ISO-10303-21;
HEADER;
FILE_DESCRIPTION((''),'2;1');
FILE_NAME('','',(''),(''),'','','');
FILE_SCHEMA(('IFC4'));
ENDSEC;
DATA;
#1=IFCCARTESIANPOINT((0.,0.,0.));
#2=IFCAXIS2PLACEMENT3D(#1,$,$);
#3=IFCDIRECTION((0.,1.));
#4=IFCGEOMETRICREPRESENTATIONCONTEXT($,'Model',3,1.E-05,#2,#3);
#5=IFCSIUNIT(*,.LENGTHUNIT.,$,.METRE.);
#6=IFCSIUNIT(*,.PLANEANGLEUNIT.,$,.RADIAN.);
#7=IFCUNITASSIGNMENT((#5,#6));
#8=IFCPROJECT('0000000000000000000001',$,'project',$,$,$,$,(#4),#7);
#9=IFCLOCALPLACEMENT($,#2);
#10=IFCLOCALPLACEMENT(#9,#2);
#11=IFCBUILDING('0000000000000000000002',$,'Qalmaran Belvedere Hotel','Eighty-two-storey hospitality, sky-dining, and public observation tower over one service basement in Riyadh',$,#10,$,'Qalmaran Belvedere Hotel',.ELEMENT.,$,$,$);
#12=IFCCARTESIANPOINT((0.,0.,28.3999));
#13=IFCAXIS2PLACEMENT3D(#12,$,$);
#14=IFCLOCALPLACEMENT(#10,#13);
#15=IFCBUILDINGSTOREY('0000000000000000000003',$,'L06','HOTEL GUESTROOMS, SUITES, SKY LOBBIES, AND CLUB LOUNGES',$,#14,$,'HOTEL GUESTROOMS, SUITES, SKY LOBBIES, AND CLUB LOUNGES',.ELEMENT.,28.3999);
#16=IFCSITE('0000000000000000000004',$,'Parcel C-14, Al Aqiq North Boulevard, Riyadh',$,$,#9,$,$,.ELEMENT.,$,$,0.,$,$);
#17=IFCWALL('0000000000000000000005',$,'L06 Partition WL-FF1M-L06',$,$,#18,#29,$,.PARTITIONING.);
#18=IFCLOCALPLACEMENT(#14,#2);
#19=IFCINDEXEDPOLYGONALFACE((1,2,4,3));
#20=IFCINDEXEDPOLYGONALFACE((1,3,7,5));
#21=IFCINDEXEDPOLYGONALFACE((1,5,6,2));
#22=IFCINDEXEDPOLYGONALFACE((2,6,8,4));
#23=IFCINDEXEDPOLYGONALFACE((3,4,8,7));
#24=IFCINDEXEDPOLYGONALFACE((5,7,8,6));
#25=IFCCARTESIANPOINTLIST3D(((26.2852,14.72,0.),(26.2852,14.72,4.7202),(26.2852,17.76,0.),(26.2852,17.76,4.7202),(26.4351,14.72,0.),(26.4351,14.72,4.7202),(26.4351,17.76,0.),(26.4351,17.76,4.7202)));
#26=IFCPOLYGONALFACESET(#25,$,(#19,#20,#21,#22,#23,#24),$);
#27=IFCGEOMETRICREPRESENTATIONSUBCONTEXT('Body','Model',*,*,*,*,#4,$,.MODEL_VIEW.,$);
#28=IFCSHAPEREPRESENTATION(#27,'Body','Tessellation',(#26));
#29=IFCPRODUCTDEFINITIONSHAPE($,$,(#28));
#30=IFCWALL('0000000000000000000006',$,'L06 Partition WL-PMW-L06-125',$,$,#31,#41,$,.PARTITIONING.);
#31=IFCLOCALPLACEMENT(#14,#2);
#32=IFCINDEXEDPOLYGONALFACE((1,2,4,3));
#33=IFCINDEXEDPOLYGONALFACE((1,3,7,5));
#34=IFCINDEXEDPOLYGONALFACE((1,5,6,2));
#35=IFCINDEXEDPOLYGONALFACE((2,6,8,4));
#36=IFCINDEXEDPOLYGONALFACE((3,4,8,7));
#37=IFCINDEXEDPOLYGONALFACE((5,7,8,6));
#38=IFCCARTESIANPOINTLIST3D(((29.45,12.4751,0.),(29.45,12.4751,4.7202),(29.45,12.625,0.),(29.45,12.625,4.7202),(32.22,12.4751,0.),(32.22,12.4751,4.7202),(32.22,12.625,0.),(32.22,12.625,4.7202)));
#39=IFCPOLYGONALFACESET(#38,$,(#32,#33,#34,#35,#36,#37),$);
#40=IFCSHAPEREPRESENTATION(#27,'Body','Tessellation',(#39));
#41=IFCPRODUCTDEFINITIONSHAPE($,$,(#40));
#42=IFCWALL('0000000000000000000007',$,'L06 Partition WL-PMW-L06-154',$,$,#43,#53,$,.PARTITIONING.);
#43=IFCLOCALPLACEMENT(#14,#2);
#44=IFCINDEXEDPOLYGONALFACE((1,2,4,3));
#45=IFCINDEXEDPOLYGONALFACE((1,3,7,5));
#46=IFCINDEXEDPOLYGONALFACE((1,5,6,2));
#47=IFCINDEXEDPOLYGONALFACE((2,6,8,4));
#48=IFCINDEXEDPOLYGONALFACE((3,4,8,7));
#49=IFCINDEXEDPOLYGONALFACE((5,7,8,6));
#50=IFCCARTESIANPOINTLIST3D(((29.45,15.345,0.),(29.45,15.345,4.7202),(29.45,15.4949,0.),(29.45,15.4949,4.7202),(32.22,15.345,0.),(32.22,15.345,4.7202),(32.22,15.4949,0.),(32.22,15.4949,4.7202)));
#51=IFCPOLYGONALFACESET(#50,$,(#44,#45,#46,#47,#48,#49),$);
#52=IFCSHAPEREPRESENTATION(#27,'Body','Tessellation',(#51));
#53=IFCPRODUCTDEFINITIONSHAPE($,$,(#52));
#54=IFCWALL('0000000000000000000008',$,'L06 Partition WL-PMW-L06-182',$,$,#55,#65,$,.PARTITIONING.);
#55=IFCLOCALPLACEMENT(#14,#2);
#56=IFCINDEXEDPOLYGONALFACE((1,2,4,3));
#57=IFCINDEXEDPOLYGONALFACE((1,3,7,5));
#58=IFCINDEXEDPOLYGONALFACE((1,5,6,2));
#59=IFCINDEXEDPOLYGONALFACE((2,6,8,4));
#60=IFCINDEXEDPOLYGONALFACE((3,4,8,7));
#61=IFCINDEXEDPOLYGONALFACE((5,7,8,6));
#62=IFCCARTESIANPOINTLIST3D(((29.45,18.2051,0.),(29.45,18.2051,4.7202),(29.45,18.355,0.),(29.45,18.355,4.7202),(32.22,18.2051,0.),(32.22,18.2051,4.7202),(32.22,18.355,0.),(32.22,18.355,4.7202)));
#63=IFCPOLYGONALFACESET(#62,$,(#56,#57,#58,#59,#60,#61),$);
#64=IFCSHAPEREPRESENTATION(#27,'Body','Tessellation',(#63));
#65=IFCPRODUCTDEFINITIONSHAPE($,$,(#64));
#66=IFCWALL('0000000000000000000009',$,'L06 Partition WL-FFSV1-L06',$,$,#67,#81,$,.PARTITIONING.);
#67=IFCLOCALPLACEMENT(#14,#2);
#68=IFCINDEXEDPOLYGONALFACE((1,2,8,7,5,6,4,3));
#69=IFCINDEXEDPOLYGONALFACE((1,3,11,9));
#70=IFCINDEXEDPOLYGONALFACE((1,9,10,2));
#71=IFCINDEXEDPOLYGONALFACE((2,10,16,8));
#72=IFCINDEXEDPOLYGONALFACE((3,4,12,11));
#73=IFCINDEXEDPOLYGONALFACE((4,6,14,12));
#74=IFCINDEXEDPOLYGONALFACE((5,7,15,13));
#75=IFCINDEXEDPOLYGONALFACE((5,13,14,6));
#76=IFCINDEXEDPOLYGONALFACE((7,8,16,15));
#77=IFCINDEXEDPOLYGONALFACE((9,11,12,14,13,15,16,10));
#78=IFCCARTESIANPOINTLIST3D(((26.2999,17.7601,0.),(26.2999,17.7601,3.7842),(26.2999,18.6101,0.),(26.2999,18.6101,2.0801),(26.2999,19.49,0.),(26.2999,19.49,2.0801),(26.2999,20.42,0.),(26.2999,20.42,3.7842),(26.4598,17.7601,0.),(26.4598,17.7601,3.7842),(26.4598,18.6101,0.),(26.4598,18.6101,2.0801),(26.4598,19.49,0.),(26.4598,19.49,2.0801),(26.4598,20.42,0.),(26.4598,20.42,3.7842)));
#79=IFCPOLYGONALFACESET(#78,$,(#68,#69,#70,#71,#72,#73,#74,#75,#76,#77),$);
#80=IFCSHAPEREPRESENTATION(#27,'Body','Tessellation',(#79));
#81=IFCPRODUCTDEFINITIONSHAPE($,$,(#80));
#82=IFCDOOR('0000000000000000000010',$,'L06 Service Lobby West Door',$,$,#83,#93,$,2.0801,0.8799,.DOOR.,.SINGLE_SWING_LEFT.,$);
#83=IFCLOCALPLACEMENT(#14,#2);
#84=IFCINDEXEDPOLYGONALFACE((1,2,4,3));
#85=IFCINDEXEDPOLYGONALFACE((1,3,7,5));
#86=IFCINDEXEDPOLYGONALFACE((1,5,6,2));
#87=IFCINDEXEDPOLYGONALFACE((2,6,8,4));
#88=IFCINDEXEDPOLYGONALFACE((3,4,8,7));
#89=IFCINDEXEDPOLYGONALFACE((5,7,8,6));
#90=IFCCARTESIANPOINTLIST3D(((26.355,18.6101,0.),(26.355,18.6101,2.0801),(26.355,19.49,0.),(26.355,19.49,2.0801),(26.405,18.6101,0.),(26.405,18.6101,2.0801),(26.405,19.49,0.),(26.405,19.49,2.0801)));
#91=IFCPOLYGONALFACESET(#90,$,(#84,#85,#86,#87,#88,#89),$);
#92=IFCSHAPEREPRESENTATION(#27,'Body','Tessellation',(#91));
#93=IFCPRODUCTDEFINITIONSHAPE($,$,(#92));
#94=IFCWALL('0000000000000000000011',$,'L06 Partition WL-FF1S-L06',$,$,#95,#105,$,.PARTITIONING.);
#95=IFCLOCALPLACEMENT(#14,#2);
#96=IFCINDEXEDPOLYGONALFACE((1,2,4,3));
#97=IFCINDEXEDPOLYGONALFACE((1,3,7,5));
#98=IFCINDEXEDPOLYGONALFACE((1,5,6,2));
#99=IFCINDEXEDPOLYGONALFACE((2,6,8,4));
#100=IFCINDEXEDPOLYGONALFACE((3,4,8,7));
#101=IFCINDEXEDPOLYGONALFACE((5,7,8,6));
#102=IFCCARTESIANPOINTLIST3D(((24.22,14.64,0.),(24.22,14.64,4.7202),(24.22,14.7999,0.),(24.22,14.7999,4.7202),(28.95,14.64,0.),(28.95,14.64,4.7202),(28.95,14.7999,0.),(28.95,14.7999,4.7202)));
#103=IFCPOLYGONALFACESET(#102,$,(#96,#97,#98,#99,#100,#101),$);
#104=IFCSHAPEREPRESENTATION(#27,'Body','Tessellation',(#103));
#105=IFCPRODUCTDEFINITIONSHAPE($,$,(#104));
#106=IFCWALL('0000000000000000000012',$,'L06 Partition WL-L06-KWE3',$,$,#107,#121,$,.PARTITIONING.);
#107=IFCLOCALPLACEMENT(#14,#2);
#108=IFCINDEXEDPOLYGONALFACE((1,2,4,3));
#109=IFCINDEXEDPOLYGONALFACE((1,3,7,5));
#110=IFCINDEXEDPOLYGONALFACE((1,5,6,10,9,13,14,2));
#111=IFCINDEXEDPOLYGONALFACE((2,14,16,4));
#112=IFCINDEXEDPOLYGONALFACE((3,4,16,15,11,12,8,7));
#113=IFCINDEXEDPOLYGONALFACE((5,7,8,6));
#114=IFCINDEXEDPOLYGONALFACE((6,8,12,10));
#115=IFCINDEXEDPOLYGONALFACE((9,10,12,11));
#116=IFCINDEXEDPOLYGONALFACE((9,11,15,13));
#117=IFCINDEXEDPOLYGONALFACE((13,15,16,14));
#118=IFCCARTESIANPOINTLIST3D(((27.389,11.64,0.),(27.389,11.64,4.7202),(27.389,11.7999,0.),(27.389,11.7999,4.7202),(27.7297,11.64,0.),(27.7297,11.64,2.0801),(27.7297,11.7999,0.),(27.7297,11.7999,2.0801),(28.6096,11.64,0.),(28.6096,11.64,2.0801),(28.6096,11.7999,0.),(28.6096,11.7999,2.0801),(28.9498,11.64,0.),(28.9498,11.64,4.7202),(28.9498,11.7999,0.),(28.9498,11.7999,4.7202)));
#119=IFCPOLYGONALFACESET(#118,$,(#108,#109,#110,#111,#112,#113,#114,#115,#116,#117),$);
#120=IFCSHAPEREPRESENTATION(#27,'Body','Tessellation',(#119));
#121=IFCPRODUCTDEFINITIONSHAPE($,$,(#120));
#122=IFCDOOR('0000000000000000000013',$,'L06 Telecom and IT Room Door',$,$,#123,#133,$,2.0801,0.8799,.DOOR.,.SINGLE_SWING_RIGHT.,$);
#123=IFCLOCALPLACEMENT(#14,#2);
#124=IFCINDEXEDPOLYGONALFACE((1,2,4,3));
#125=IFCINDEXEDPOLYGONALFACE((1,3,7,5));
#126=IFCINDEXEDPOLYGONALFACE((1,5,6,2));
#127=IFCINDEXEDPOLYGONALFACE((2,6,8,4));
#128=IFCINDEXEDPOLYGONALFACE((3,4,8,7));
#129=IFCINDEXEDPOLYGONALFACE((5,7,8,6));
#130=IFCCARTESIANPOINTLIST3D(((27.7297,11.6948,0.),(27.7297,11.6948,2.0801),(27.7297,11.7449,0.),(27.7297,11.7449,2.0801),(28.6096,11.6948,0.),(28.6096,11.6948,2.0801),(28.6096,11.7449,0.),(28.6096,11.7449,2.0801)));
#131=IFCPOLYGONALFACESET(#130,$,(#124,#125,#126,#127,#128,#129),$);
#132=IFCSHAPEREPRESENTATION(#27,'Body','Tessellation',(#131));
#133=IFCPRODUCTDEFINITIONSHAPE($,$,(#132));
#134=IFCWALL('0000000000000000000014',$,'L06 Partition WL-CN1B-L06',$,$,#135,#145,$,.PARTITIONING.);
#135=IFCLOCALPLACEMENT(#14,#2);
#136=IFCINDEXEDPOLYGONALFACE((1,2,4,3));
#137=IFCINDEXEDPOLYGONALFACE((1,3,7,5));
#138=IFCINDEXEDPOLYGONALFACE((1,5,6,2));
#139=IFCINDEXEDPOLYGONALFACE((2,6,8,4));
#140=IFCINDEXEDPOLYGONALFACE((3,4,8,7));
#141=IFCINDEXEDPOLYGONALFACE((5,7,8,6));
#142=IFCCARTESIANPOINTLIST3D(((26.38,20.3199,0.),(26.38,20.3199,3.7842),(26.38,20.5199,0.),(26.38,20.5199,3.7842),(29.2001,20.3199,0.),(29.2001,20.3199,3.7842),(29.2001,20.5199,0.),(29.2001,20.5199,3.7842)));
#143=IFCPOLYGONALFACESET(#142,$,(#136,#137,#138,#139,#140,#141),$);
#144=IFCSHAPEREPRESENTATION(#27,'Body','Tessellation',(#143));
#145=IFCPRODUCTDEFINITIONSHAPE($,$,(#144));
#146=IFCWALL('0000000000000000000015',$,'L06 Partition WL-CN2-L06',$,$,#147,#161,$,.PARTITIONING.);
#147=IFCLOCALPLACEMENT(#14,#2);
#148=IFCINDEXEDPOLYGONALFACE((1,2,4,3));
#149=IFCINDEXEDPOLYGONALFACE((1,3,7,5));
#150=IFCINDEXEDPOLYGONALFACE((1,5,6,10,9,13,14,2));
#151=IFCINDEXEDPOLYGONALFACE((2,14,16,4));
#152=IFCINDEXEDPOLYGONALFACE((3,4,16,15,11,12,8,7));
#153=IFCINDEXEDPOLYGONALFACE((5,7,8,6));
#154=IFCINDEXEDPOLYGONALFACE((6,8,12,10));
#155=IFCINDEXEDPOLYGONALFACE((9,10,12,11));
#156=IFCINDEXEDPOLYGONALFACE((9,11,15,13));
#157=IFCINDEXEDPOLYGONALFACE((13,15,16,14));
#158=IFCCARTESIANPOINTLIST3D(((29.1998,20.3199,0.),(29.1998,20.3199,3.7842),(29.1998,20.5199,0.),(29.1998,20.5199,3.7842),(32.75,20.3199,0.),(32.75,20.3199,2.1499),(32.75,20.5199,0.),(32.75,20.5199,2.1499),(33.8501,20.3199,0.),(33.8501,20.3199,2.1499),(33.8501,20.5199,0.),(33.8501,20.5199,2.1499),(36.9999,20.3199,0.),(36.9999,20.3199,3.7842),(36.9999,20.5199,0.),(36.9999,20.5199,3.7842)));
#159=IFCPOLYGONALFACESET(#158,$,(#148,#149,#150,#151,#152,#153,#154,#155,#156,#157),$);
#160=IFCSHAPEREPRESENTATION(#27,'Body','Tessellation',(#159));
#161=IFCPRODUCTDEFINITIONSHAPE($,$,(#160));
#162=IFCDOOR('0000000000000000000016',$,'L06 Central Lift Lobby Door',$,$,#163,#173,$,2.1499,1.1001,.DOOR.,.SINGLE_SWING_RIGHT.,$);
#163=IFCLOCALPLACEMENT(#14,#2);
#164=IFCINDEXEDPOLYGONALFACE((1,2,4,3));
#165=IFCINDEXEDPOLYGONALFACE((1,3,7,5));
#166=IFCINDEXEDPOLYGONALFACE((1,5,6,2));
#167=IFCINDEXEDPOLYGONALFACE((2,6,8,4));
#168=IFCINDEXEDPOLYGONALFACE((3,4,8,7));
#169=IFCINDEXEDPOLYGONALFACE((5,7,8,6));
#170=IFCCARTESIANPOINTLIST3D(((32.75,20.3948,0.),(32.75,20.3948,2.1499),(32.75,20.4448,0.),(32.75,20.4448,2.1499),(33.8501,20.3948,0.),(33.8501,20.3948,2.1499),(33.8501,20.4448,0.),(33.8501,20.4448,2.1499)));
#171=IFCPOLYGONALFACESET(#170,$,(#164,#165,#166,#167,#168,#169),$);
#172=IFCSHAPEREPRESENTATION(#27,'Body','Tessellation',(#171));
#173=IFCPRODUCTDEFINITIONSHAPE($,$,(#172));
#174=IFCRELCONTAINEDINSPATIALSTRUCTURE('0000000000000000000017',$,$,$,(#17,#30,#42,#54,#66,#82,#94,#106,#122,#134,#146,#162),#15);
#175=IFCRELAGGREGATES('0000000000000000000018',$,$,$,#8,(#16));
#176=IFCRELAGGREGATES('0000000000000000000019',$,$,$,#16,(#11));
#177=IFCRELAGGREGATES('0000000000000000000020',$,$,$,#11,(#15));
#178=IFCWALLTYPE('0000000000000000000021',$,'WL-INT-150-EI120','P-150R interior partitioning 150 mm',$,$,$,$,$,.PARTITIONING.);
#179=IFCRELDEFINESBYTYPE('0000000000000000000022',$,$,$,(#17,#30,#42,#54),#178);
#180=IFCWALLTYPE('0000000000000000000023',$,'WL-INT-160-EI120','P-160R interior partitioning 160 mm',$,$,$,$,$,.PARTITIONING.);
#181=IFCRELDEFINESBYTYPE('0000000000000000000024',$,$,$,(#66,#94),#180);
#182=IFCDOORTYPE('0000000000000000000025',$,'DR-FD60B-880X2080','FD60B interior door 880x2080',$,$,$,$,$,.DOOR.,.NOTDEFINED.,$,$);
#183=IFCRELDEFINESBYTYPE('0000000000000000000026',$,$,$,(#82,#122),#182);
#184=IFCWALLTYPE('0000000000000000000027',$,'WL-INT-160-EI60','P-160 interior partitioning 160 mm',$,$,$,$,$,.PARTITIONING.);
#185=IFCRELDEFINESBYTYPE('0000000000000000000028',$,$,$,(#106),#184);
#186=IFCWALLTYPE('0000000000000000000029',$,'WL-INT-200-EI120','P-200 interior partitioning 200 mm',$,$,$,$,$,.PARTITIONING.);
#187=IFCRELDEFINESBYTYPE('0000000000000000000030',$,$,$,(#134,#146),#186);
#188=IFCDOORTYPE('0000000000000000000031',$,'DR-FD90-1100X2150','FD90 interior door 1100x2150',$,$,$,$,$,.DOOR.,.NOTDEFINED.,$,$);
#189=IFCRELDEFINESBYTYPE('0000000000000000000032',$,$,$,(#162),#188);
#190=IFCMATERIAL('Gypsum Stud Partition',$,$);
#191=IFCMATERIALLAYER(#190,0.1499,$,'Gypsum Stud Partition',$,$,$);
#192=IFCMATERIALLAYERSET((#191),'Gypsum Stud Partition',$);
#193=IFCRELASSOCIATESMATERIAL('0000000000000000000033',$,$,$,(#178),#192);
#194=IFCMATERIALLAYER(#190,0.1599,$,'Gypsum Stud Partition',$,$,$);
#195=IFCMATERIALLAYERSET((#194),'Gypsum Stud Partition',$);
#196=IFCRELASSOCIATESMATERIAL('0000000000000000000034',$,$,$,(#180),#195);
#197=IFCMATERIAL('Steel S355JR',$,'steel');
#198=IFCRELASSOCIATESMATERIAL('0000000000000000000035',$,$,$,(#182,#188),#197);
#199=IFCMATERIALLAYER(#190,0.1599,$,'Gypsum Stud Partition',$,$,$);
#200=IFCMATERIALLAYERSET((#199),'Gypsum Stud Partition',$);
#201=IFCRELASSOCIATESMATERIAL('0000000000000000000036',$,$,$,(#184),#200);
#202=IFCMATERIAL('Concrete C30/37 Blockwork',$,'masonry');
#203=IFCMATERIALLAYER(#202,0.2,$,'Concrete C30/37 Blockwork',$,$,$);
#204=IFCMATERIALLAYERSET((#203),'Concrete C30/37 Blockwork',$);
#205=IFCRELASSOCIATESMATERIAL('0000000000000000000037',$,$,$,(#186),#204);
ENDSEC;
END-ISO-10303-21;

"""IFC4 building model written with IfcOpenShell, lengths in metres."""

from ifc_helpers import new_model, si_unit, direction, frame, frame_2d, origin, place, context, subcontext, project, spatial, rectangle, extrude, material, layer, layer_set, type_object, element, fill, save


model = new_model("IFC4")

# Units and contexts
model_context = context("Model", 3, precision=1e-05, world=origin(), true_north=direction((0.0, 1.0)))
body_context = subcontext(model_context, "Body", "Model", "MODEL_VIEW")
ifc_project = project(units=[si_unit("LENGTHUNIT", "METRE"), si_unit("PLANEANGLEUNIT", "RADIAN")], contexts=[model_context])

# Site, building, storey
site_placement = place(None, origin())
site = spatial("IfcSite", under=ifc_project, at=site_placement, Name="Parcel C-14, Al Aqiq North Boulevard, Riyadh", CompositionType="ELEMENT", RefElevation=0.0)
building_placement = place(site_placement, origin())
building = spatial("IfcBuilding", under=site, at=building_placement, Name="Qalmaran Belvedere Hotel", Description="Eighty-two-storey hospitality, sky-dining, and public observation tower over one service basement in Riyadh", LongName="Qalmaran Belvedere Hotel", CompositionType="ELEMENT")
storey_placement = place(building_placement, frame((0.0, 0.0, 28.3999)))
storey = spatial("IfcBuildingStorey", under=building, at=storey_placement, Name="L06", Description="HOTEL GUESTROOMS, SUITES, SKY LOBBIES, AND CLUB LOUNGES", LongName="HOTEL GUESTROOMS, SUITES, SKY LOBBIES, AND CLUB LOUNGES", CompositionType="ELEMENT", Elevation=28.3999)

# Walls
ifc_material_1 = material(Name="Gypsum Stud Partition")
ifc_layer_1 = layer(ifc_material_1, 0.1499, Name="Gypsum Stud Partition")
ifc_layer_set_1 = layer_set([ifc_layer_1], Name="Gypsum Stud Partition")
wall_type_1 = type_object("IfcWallType", Name="WL-INT-150-EI120", Description="P-150R interior partitioning 150 mm", PredefinedType="PARTITIONING", material=ifc_layer_set_1)
wall_1_placement = place(storey_placement, frame((26.3601, 14.72, 0.0), z_axis=(0.0, 0.0, 1.0), x_axis=(0.0, 1.0, 0.0)))
element("IfcWall", 1, at=wall_1_placement, inside=storey, type_object=wall_type_1, Name="L06 Partition WL-FF1M-L06", PredefinedType="PARTITIONING", context=body_context, shape_type="SweptSolid", body=[
    extrude(rectangle(XDim=3.04, YDim=0.1499, at=frame_2d((1.52, 0.0))), origin(), (0.0, 0.0, 1.0), 4.7202),
])
for number, where, z_axis, x_axis, name in (
    (2, (29.45, 12.55, 0.0), (0.0, 0.0, 1.0), (1.0, 0.0, 0.0), "L06 Partition WL-PMW-L06-125"),
    (3, (29.45, 15.4199, 0.0), (0.0, 0.0, 1.0), (1.0, 0.0, 0.0), "L06 Partition WL-PMW-L06-154"),
    (4, (29.45, 18.28, 0.0), (0.0, 0.0, 1.0), (1.0, 0.0, 0.0), "L06 Partition WL-PMW-L06-182"),
):
    element("IfcWall", number, at=place(storey_placement, frame(where, z_axis=z_axis, x_axis=x_axis)), inside=storey, type_object=wall_type_1, Name=name, PredefinedType="PARTITIONING", context=body_context, shape_type="SweptSolid", body=[
        extrude(rectangle(XDim=2.77, YDim=0.1499, at=frame_2d((1.385, 0.0))), origin(), (0.0, 0.0, 1.0), 4.7202),
    ])

# Wall, opening, door
ifc_layer_2 = layer(ifc_material_1, 0.1599, Name="Gypsum Stud Partition")
ifc_layer_set_2 = layer_set([ifc_layer_2], Name="Gypsum Stud Partition")
wall_type_2 = type_object("IfcWallType", Name="WL-INT-160-EI120", Description="P-160R interior partitioning 160 mm", PredefinedType="PARTITIONING", material=ifc_layer_set_2)
wall_2_placement = place(storey_placement, frame((26.3799, 17.76, 0.0), z_axis=(0.0, 0.0, 1.0), x_axis=(0.0, 1.0, 0.0)))
wall_2 = element("IfcWall", 5, at=wall_2_placement, inside=storey, type_object=wall_type_2, Name="L06 Partition WL-FFSV1-L06", PredefinedType="PARTITIONING", context=body_context, shape_type="SweptSolid", body=[
    extrude(rectangle(XDim=2.6599, YDim=0.1599, at=frame_2d((1.3301, 0.0))), origin(), (0.0, 0.0, 1.0), 3.7842),
])
opening_1_placement = place(wall_2_placement, frame((0.8501, 0.0, 0.0)))
opening_1 = element("IfcOpeningElement", 6, at=opening_1_placement, cuts=wall_2, PredefinedType="OPENING", context=body_context, shape_type="SweptSolid", body=[
    extrude(rectangle(XDim=0.8799, YDim=2.0801, at=frame_2d((0.4399, 1.04))), frame((0.0, 0.0898, 0.0), z_axis=(0.0, -1.0, 0.0), x_axis=(1.0, 0.0, 0.0)), (0.0, 0.0, 1.0), 0.1799),
])
ifc_material_2 = material(Name="Steel S355JR", Category="steel")
door_type_1 = type_object("IfcDoorType", Name="DR-FD60B-880X2080", Description="FD60B interior door 880x2080", OperationType="NOTDEFINED", PredefinedType="DOOR", material=ifc_material_2)
door_1_placement = place(opening_1_placement, origin())
door_1 = element("IfcDoor", 7, at=door_1_placement, inside=storey, type_object=door_type_1, Name="L06 Service Lobby West Door", OperationType="SINGLE_SWING_LEFT", OverallHeight=2.0801, OverallWidth=0.8799, PredefinedType="DOOR", context=body_context, shape_type="SweptSolid", body=[
    extrude(rectangle(XDim=0.8799, YDim=2.0801, at=frame_2d((0.4399, 1.04))), frame((0.0, 0.0249, 0.0), z_axis=(0.0, -1.0, 0.0), x_axis=(1.0, 0.0, 0.0)), (0.0, 0.0, 1.0), 0.05),
])
fill(opening_1, door_1)

# Wall
wall_3_placement = place(storey_placement, frame((24.22, 14.72, 0.0), z_axis=(0.0, 0.0, 1.0), x_axis=(1.0, 0.0, 0.0)))
element("IfcWall", 8, at=wall_3_placement, inside=storey, type_object=wall_type_2, Name="L06 Partition WL-FF1S-L06", PredefinedType="PARTITIONING", context=body_context, shape_type="SweptSolid", body=[
    extrude(rectangle(XDim=4.73, YDim=0.1599, at=frame_2d((2.365, 0.0))), origin(), (0.0, 0.0, 1.0), 4.7202),
])

# Wall, opening, door
ifc_layer_3 = layer(ifc_material_1, 0.1599, Name="Gypsum Stud Partition")
ifc_layer_set_3 = layer_set([ifc_layer_3], Name="Gypsum Stud Partition")
wall_type_3 = type_object("IfcWallType", Name="WL-INT-160-EI60", Description="P-160 interior partitioning 160 mm", PredefinedType="PARTITIONING", material=ifc_layer_set_3)
wall_4_placement = place(storey_placement, frame((27.3892, 11.72, 0.0), z_axis=(0.0, 0.0, 1.0), x_axis=(1.0, 0.0, 0.0)))
wall_4 = element("IfcWall", 9, at=wall_4_placement, inside=storey, type_object=wall_type_3, Name="L06 Partition WL-L06-KWE3", PredefinedType="PARTITIONING", context=body_context, shape_type="SweptSolid", body=[
    extrude(rectangle(XDim=1.5608, YDim=0.1599, at=frame_2d((0.7803, 0.0))), origin(), (0.0, 0.0, 1.0), 4.7202),
])
opening_2_placement = place(wall_4_placement, frame((0.3406, 0.0, 0.0)))
opening_2 = element("IfcOpeningElement", 10, at=opening_2_placement, cuts=wall_4, PredefinedType="OPENING", context=body_context, shape_type="SweptSolid", body=[
    extrude(rectangle(XDim=0.8799, YDim=2.0801, at=frame_2d((0.4399, 1.04))), frame((0.0, 0.0898, 0.0), z_axis=(0.0, -1.0, 0.0), x_axis=(1.0, 0.0, 0.0)), (0.0, 0.0, 1.0), 0.1799),
])
door_2_placement = place(opening_2_placement, origin())
door_2 = element("IfcDoor", 11, at=door_2_placement, inside=storey, type_object=door_type_1, Name="L06 Telecom and IT Room Door", OperationType="SINGLE_SWING_RIGHT", OverallHeight=2.0801, OverallWidth=0.8799, PredefinedType="DOOR", context=body_context, shape_type="SweptSolid", body=[
    extrude(rectangle(XDim=0.8799, YDim=2.0801, at=frame_2d((0.4399, 1.04))), frame((0.0, 0.0249, 0.0), z_axis=(0.0, -1.0, 0.0), x_axis=(1.0, 0.0, 0.0)), (0.0, 0.0, 1.0), 0.05),
])
fill(opening_2, door_2)

# Wall
ifc_material_3 = material(Name="Concrete C30/37 Blockwork", Category="masonry")
ifc_layer_4 = layer(ifc_material_3, 0.2, Name="Concrete C30/37 Blockwork")
ifc_layer_set_4 = layer_set([ifc_layer_4], Name="Concrete C30/37 Blockwork")
wall_type_4 = type_object("IfcWallType", Name="WL-INT-200-EI120", Description="P-200 interior partitioning 200 mm", PredefinedType="PARTITIONING", material=ifc_layer_set_4)
wall_5_placement = place(storey_placement, frame((26.3799, 20.4199, 0.0), z_axis=(0.0, 0.0, 1.0), x_axis=(1.0, 0.0, 0.0)))
element("IfcWall", 12, at=wall_5_placement, inside=storey, type_object=wall_type_4, Name="L06 Partition WL-CN1B-L06", PredefinedType="PARTITIONING", context=body_context, shape_type="SweptSolid", body=[
    extrude(rectangle(XDim=2.8201, YDim=0.2, at=frame_2d((1.4102, 0.0))), origin(), (0.0, 0.0, 1.0), 3.7842),
])

# Wall, opening, door
wall_6_placement = place(storey_placement, frame((29.2, 20.4199, 0.0), z_axis=(0.0, 0.0, 1.0), x_axis=(1.0, 0.0, 0.0)))
wall_6 = element("IfcWall", 13, at=wall_6_placement, inside=storey, type_object=wall_type_4, Name="L06 Partition WL-CN2-L06", PredefinedType="PARTITIONING", context=body_context, shape_type="SweptSolid", body=[
    extrude(rectangle(XDim=7.8, YDim=0.2, at=frame_2d((3.8999, 0.0))), origin(), (0.0, 0.0, 1.0), 3.7842),
])
opening_3_placement = place(wall_6_placement, frame((3.55, 0.0, 0.0)))
opening_3 = element("IfcOpeningElement", 14, at=opening_3_placement, cuts=wall_6, PredefinedType="OPENING", context=body_context, shape_type="SweptSolid", body=[
    extrude(rectangle(XDim=1.1001, YDim=2.1499, at=frame_2d((0.55, 1.075))), frame((0.0, 0.1099, 0.0), z_axis=(0.0, -1.0, 0.0), x_axis=(1.0, 0.0, 0.0)), (0.0, 0.0, 1.0), 0.22),
])
door_type_2 = type_object("IfcDoorType", Name="DR-FD90-1100X2150", Description="FD90 interior door 1100x2150", OperationType="NOTDEFINED", PredefinedType="DOOR", material=ifc_material_2)
door_3_placement = place(opening_3_placement, origin())
door_3 = element("IfcDoor", 15, at=door_3_placement, inside=storey, type_object=door_type_2, Name="L06 Central Lift Lobby Door", OperationType="SINGLE_SWING_RIGHT", OverallHeight=2.1499, OverallWidth=1.1001, PredefinedType="DOOR", context=body_context, shape_type="SweptSolid", body=[
    extrude(rectangle(XDim=1.1001, YDim=2.1499, at=frame_2d((0.55, 1.075))), frame((0.0, 0.0249, 0.0), z_axis=(0.0, -1.0, 0.0), x_axis=(1.0, 0.0, 0.0)), (0.0, 0.0, 1.0), 0.05),
])
fill(opening_3, door_3)

save(model, "model.ifc")
